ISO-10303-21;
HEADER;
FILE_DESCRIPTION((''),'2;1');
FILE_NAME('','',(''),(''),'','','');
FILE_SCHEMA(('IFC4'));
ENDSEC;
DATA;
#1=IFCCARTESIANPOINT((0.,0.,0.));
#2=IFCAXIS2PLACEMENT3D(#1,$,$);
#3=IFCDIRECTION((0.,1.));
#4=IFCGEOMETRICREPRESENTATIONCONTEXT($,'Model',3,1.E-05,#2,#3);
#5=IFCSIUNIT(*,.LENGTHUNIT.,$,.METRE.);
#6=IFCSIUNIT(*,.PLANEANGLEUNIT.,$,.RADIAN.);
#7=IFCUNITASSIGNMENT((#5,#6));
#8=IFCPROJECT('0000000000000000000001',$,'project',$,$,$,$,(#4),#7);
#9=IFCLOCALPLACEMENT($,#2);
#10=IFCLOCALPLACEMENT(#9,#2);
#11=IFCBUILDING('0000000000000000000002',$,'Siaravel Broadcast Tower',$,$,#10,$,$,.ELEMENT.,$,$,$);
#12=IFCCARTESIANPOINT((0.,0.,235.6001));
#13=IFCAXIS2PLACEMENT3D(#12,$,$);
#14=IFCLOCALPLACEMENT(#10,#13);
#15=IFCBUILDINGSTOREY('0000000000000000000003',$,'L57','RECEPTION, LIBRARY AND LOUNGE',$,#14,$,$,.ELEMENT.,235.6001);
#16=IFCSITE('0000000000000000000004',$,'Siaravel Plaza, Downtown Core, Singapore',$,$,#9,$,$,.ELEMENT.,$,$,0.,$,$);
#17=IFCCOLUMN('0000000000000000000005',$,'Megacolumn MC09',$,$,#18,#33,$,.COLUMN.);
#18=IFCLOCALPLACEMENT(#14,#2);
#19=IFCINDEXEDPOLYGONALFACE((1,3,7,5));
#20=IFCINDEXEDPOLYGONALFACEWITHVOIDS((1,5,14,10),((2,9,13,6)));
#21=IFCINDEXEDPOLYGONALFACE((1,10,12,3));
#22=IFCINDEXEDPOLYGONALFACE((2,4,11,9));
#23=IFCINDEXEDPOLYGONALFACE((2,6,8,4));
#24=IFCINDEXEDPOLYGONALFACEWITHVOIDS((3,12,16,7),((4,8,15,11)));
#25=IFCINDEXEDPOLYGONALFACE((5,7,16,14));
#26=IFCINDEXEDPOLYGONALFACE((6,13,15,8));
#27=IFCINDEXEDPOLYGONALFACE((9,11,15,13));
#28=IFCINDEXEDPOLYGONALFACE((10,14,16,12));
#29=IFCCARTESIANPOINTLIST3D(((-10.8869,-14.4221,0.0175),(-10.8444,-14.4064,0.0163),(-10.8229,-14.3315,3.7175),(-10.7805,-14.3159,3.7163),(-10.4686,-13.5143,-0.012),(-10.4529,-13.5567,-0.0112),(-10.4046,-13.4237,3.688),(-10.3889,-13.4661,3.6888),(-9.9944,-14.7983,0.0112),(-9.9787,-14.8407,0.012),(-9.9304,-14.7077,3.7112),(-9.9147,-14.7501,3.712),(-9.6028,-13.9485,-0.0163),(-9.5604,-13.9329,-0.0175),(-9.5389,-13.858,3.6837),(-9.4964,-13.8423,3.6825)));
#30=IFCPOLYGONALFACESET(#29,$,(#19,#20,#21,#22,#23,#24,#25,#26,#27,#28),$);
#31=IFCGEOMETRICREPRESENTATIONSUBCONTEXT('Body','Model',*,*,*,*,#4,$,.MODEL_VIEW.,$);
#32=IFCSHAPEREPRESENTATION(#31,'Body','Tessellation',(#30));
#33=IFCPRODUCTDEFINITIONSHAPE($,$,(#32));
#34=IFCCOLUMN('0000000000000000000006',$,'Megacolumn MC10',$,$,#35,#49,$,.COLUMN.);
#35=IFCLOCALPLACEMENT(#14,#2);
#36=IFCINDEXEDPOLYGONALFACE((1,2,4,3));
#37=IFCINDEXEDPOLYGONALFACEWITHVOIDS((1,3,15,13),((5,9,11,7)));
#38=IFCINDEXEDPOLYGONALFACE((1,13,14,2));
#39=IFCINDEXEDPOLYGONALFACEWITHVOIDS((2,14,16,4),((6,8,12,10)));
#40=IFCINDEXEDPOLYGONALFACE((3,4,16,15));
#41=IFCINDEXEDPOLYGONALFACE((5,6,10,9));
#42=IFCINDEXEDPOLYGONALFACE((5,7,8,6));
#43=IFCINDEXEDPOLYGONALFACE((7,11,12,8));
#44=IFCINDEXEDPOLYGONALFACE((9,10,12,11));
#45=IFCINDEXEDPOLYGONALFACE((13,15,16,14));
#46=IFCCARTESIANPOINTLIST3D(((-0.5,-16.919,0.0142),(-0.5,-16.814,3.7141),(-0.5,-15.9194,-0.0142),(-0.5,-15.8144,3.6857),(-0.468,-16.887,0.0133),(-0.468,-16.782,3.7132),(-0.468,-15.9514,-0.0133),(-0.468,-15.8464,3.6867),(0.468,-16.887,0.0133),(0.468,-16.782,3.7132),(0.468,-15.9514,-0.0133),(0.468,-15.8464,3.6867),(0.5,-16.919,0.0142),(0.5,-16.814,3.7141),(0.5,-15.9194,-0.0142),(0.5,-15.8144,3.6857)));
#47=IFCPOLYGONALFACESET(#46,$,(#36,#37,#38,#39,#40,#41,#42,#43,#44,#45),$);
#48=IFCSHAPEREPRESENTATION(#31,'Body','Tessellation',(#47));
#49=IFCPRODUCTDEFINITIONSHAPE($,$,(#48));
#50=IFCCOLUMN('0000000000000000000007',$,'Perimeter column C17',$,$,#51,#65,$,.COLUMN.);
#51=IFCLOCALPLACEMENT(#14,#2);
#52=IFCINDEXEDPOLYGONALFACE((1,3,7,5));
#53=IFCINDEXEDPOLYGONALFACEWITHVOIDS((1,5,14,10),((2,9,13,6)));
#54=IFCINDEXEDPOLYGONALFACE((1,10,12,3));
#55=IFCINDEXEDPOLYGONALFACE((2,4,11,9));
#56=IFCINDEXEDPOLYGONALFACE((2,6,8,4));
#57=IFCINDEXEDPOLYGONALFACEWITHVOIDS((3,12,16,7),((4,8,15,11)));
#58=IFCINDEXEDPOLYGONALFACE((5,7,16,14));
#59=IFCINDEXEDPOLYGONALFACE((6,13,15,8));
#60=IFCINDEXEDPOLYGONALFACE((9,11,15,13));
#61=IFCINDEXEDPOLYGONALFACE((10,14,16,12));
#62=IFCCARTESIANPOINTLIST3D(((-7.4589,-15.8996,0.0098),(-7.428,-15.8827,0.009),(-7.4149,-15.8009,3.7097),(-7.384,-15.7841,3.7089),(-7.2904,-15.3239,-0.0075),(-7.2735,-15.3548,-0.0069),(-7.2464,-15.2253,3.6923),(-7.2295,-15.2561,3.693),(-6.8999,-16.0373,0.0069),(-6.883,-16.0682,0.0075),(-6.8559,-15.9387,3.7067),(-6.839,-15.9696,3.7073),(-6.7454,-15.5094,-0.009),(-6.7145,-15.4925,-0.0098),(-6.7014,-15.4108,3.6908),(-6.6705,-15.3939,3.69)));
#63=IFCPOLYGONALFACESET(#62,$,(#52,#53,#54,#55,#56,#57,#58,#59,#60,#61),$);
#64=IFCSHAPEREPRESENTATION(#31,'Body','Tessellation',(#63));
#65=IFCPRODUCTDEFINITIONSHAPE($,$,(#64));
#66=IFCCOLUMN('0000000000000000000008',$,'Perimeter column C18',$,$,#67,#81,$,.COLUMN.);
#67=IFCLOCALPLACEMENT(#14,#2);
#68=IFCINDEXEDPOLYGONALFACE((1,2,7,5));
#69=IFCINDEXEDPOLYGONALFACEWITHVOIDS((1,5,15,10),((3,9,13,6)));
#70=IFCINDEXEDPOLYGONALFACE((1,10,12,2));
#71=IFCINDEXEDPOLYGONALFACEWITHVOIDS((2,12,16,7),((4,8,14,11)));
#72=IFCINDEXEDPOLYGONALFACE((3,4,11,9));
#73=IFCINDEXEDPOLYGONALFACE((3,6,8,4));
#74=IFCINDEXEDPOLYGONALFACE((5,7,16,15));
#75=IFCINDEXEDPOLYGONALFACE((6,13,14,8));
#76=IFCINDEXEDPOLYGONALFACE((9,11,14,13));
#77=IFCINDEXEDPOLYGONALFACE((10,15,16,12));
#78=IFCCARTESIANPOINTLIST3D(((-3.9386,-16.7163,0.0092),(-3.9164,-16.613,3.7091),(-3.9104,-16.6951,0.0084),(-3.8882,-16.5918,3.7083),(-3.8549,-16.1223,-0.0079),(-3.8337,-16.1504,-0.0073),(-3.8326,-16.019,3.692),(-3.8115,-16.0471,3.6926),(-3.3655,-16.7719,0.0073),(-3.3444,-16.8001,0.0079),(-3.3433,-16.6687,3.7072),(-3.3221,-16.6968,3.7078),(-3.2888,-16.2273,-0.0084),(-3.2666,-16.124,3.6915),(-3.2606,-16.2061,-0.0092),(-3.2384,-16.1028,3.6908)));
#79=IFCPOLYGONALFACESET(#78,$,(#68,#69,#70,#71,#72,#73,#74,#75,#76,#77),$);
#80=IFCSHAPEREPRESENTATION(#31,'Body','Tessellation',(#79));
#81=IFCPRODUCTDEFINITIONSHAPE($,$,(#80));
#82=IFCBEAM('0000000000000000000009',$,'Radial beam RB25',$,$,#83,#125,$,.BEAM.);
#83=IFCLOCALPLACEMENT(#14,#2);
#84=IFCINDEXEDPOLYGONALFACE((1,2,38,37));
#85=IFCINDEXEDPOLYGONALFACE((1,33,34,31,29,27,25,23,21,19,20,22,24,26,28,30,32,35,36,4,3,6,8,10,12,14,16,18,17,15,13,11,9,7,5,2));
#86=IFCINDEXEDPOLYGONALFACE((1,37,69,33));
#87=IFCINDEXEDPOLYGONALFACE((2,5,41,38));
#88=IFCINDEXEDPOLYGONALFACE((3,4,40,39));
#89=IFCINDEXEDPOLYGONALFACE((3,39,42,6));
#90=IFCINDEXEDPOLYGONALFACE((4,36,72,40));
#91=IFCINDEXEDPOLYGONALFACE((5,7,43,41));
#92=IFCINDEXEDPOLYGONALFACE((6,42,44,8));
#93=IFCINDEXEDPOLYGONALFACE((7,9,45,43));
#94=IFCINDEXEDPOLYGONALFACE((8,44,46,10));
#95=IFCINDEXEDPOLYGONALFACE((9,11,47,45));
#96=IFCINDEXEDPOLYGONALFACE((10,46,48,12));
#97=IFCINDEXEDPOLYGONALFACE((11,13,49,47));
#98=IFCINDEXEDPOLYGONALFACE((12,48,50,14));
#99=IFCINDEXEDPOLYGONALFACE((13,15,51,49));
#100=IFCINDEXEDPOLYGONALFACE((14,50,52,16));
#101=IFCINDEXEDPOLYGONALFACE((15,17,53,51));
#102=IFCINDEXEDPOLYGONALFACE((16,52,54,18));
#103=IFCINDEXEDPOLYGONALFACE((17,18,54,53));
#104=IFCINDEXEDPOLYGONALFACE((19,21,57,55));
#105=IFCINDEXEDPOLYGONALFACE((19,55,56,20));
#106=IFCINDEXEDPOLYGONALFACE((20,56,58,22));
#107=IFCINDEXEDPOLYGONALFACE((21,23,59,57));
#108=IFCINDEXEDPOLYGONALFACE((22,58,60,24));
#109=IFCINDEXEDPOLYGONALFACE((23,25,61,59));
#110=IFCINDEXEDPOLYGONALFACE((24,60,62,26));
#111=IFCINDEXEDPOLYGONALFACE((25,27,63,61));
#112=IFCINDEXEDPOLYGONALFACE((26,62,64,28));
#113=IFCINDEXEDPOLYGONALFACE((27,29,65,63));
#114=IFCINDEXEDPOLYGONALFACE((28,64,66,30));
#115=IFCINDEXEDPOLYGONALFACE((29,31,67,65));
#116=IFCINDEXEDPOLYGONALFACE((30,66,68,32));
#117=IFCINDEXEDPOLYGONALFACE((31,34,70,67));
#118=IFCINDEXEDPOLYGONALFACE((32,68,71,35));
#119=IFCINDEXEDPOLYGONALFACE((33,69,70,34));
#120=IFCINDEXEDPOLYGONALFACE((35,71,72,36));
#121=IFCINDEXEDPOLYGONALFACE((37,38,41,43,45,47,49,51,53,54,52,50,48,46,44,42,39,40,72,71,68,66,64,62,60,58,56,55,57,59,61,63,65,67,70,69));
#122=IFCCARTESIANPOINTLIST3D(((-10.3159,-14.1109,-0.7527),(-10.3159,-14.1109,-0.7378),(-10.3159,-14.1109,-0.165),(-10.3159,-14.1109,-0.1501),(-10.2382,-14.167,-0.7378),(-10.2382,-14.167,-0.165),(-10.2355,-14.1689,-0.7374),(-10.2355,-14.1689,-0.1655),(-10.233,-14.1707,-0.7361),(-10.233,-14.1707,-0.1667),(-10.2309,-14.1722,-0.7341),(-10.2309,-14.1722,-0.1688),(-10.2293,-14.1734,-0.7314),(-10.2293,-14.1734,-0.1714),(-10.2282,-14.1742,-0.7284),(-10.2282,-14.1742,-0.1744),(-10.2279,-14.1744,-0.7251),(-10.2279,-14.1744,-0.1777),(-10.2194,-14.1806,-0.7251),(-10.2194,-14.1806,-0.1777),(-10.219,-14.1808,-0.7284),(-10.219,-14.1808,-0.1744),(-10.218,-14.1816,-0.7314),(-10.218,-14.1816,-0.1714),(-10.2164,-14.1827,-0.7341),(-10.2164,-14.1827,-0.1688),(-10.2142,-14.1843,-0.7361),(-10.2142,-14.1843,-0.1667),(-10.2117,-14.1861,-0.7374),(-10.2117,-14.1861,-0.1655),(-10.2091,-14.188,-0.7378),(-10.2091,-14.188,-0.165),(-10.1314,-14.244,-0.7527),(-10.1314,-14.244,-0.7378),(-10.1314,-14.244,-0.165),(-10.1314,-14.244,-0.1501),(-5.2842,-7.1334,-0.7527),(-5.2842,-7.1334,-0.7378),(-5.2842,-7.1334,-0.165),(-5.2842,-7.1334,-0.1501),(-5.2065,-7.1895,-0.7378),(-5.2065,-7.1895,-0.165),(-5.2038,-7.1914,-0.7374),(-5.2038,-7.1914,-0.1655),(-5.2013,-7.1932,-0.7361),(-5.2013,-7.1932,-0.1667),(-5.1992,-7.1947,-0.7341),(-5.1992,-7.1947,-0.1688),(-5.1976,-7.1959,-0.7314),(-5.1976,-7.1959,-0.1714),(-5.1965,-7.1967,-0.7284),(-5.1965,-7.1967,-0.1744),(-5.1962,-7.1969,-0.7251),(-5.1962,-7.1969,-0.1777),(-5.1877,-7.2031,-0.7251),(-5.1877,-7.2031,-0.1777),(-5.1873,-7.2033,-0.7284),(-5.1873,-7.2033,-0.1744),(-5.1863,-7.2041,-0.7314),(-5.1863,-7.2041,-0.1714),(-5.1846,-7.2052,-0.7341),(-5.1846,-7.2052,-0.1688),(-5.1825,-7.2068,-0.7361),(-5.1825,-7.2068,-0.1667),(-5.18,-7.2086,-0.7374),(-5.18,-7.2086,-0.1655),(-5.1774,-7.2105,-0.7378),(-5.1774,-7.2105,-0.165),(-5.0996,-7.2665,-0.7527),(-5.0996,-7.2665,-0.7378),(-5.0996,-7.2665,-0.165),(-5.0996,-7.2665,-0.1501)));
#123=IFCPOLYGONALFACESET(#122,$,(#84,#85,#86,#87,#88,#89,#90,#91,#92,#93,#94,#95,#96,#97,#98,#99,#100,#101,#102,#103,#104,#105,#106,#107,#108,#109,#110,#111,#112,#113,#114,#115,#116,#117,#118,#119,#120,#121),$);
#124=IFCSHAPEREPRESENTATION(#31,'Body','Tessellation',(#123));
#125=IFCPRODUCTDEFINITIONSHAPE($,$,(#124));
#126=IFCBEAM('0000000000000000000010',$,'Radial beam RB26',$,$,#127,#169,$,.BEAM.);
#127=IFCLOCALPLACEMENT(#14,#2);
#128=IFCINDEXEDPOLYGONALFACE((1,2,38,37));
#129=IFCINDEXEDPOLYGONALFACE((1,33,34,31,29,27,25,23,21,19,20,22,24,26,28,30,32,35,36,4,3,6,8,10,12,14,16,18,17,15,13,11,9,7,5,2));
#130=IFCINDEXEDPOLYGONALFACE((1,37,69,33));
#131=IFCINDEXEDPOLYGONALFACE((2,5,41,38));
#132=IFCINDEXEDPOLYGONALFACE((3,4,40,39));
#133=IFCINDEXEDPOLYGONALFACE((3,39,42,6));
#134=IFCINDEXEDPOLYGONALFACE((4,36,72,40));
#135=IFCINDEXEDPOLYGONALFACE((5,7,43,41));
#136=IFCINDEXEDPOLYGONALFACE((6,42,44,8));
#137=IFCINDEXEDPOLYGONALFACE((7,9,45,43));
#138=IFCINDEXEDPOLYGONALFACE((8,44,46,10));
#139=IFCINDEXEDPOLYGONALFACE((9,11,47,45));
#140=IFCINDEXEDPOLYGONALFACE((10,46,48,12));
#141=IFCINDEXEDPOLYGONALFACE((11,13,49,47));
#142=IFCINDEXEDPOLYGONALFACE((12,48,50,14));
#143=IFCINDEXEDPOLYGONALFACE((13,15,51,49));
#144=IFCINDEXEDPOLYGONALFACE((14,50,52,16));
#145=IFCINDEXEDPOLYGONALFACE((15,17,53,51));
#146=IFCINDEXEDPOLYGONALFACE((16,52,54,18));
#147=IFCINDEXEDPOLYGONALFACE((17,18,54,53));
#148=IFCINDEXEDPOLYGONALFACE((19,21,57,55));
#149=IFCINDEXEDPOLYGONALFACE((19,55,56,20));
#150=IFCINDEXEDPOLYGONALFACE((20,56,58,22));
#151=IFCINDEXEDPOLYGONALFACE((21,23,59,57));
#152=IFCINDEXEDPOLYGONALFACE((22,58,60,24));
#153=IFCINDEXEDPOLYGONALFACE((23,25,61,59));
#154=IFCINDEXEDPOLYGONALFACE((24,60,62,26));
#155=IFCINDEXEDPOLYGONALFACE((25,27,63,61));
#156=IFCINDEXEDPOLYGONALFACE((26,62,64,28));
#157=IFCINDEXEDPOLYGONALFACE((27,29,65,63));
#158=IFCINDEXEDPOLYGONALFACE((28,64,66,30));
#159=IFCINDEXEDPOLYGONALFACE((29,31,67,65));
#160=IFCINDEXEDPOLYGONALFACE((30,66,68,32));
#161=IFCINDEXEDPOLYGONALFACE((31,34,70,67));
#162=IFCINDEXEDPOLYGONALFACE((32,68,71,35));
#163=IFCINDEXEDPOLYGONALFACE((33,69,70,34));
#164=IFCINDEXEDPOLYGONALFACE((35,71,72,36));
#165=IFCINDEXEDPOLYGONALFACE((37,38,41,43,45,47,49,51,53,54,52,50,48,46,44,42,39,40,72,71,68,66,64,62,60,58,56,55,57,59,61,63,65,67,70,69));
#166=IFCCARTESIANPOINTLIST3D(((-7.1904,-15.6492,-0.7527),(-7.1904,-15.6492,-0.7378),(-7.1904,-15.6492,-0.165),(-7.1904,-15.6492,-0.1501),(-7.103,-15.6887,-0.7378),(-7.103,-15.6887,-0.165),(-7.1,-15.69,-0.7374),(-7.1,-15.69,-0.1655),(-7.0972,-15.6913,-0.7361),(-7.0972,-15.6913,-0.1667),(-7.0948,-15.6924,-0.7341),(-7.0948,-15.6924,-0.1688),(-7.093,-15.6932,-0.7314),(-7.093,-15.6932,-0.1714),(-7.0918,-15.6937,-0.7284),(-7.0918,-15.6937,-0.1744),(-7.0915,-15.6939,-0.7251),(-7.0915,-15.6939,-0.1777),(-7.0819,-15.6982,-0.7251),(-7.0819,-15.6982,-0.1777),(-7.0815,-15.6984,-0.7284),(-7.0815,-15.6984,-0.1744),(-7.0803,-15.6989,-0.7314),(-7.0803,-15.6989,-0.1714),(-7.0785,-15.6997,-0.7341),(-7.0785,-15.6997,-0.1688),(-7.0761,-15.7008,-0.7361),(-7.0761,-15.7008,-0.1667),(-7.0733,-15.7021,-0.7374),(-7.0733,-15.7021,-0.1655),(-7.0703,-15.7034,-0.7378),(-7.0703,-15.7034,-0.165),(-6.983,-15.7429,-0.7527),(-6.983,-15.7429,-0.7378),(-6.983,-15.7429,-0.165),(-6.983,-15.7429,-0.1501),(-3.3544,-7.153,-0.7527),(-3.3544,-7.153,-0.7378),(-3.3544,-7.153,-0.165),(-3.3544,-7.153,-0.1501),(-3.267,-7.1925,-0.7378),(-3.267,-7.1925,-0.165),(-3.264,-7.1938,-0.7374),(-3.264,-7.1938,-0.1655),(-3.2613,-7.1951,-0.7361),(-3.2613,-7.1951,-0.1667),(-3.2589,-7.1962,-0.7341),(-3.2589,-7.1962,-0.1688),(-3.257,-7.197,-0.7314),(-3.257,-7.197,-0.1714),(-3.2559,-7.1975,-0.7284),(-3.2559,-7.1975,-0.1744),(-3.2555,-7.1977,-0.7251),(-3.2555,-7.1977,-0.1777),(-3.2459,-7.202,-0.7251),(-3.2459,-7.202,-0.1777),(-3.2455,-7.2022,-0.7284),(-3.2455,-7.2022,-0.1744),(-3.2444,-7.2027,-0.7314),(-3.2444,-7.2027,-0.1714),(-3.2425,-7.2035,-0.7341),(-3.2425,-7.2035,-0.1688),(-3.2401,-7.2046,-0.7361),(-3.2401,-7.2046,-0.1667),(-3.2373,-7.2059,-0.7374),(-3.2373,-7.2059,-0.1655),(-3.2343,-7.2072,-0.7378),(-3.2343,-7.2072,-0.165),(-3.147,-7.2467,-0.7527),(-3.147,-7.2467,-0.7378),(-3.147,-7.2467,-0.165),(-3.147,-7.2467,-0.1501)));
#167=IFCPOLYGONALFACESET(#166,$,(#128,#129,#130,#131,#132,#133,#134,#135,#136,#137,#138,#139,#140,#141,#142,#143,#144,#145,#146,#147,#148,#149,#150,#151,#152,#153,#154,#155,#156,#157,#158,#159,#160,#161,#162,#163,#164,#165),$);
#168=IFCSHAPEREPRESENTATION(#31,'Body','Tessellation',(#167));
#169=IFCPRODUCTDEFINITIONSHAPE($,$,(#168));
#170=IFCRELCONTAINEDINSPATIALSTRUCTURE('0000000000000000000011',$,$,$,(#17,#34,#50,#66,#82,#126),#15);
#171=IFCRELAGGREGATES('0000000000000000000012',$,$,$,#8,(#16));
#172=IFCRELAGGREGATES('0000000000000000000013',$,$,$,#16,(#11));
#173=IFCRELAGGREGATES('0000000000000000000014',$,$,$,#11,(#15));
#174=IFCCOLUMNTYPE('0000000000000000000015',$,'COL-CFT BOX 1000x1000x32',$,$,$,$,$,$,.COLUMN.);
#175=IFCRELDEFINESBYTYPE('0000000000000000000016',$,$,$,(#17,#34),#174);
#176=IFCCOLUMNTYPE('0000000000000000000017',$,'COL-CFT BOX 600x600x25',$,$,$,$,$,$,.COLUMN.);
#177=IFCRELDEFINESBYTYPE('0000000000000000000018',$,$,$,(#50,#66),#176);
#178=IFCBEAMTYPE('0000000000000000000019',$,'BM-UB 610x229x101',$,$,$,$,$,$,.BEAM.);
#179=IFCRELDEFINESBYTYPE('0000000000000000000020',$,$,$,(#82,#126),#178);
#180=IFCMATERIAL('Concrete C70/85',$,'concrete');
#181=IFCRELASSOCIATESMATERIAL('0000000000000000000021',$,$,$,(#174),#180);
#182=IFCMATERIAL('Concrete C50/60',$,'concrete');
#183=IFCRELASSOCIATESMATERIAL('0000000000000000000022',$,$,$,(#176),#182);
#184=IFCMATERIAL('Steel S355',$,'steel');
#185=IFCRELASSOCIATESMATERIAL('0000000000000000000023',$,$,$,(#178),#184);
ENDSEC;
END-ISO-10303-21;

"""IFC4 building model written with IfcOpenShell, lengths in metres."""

from ifc_helpers import new_model, si_unit, direction, frame, origin, origin_2d, place, context, subcontext, project, spatial, hollow_rectangle, i_section, extrude, material, material_profile, profile_set, type_object, element, save


model = new_model("IFC4")

# Units and contexts
model_context = context("Model", 3, precision=1e-05, world=origin(), true_north=direction((0.0, 1.0)))
body_context = subcontext(model_context, "Body", "Model", "MODEL_VIEW")
ifc_project = project(units=[si_unit("LENGTHUNIT", "METRE"), si_unit("PLANEANGLEUNIT", "RADIAN")], contexts=[model_context])

# Site, building, storey
site_placement = place(None, origin())
site = spatial("IfcSite", under=ifc_project, at=site_placement, Name="Siaravel Plaza, Downtown Core, Singapore", CompositionType="ELEMENT", RefElevation=0.0)
building_placement = place(site_placement, origin())
building = spatial("IfcBuilding", under=site, at=building_placement, Name="Siaravel Broadcast Tower", CompositionType="ELEMENT")
storey_placement = place(building_placement, frame((0.0, 0.0, 235.6001)))
storey = spatial("IfcBuildingStorey", under=building, at=storey_placement, Name="L57", Description="RECEPTION, LIBRARY AND LOUNGE", CompositionType="ELEMENT", Elevation=235.6001)

# Columns
ifc_material_1 = material(Name="Concrete C70/85", Category="concrete")
ifc_material_profile_1 = material_profile(ifc_material_1, hollow_rectangle(XDim=1.0, YDim=1.0, WallThickness=0.032, at=origin_2d()))
ifc_profile_set_1 = profile_set([ifc_material_profile_1], Name="Concrete C70/85")
column_type_1 = type_object("IfcColumnType", Name="COL-CFT BOX 1000x1000x32", PredefinedType="COLUMN", material=ifc_profile_set_1)
column_1_placement = place(storey_placement, frame((-10.2236, -14.1775, 0.0), z_axis=(0.01728, 0.024469, 0.999551), x_axis=(-0.908142, 0.418627, 0.005452)))
element("IfcColumn", 1, at=column_1_placement, inside=storey, type_object=column_type_1, Name="Megacolumn MC09", PredefinedType="COLUMN", context=body_context, shape_type="SweptSolid", body=[
    extrude(hollow_rectangle(XDim=1.0, YDim=1.0, WallThickness=0.032, at=origin_2d()), origin(), (0.0, 0.0, 1.0), 3.7017),
])
column_2_placement = place(storey_placement, frame((0.0, -16.4192, 0.0), z_axis=(0.0, 0.028362, 0.999598), x_axis=(-1.0, 0.0, 0.0)))
element("IfcColumn", 2, at=column_2_placement, inside=storey, type_object=column_type_1, Name="Megacolumn MC10", PredefinedType="COLUMN", context=body_context, shape_type="SweptSolid", body=[
    extrude(hollow_rectangle(XDim=1.0, YDim=1.0, WallThickness=0.032, at=origin_2d()), origin(), (0.0, 0.0, 1.0), 3.7014),
])
ifc_material_2 = material(Name="Concrete C50/60", Category="concrete")
ifc_material_profile_2 = material_profile(ifc_material_2, hollow_rectangle(XDim=0.6001, YDim=0.6001, WallThickness=0.0249, at=origin_2d()))
ifc_profile_set_2 = profile_set([ifc_material_profile_2], Name="Concrete C50/60")
column_type_2 = type_object("IfcColumnType", Name="COL-CFT BOX 600x600x25", PredefinedType="COLUMN", material=ifc_profile_set_2)
for number, where, z_axis, x_axis, name in (
    (3, (-7.0867, -15.696, 0.0), (0.011872, 0.026647, 0.999574), (-0.959698, 0.281005, 0.003908), "Perimeter column C17"),
    (4, (-3.5996, -16.4612, 0.0), (0.006002, 0.0279, 0.999593), (-0.990201, 0.139634, 0.002048), "Perimeter column C18"),
):
    element("IfcColumn", number, at=place(storey_placement, frame(where, z_axis=z_axis, x_axis=x_axis)), inside=storey, type_object=column_type_2, Name=name, PredefinedType="COLUMN", context=body_context, shape_type="SweptSolid", body=[
        extrude(hollow_rectangle(XDim=0.6001, YDim=0.6001, WallThickness=0.0249, at=origin_2d()), origin(), (0.0, 0.0, 1.0), 3.7014),
    ])

# Beams
ifc_material_3 = material(Name="Steel S355", Category="steel")
ifc_material_profile_3 = material_profile(ifc_material_3, i_section(OverallWidth=0.2275, OverallDepth=0.6025, WebThickness=0.0105, FlangeThickness=0.0149, FilletRadius=0.0127, at=origin_2d()))
ifc_profile_set_3 = profile_set([ifc_material_profile_3], Name="Steel S355")
beam_type = type_object("IfcBeamType", Name="BM-UB 610x229x101", PredefinedType="BEAM", material=ifc_profile_set_3)
beam_1_placement = place(storey_placement, frame((-10.2236, -14.1775, -0.4514), z_axis=(0.58491, 0.811098, 0.0), x_axis=(-0.811098, 0.58491, 0.0)))
element("IfcBeam", 5, at=beam_1_placement, inside=storey, type_object=beam_type, Name="Radial beam RB25", PredefinedType="BEAM", context=body_context, shape_type="SweptSolid", body=[
    extrude(i_section(OverallWidth=0.2275, OverallDepth=0.6025, WebThickness=0.0105, FlangeThickness=0.0149, FilletRadius=0.0127, at=origin_2d()), origin(), (0.0, 0.0, 1.0), 8.6025),
])
beam_2_placement = place(storey_placement, frame((-7.0867, -15.696, -0.4514), z_axis=(0.411497, 0.911411, 0.0), x_axis=(-0.911411, 0.411497, 0.0)))
element("IfcBeam", 6, at=beam_2_placement, inside=storey, type_object=beam_type, Name="Radial beam RB26", PredefinedType="BEAM", context=body_context, shape_type="SweptSolid", body=[
    extrude(i_section(OverallWidth=0.2275, OverallDepth=0.6025, WebThickness=0.0105, FlangeThickness=0.0149, FilletRadius=0.0127, at=origin_2d()), origin(), (0.0, 0.0, 1.0), 9.322),
])

save(model, "model.ifc")
